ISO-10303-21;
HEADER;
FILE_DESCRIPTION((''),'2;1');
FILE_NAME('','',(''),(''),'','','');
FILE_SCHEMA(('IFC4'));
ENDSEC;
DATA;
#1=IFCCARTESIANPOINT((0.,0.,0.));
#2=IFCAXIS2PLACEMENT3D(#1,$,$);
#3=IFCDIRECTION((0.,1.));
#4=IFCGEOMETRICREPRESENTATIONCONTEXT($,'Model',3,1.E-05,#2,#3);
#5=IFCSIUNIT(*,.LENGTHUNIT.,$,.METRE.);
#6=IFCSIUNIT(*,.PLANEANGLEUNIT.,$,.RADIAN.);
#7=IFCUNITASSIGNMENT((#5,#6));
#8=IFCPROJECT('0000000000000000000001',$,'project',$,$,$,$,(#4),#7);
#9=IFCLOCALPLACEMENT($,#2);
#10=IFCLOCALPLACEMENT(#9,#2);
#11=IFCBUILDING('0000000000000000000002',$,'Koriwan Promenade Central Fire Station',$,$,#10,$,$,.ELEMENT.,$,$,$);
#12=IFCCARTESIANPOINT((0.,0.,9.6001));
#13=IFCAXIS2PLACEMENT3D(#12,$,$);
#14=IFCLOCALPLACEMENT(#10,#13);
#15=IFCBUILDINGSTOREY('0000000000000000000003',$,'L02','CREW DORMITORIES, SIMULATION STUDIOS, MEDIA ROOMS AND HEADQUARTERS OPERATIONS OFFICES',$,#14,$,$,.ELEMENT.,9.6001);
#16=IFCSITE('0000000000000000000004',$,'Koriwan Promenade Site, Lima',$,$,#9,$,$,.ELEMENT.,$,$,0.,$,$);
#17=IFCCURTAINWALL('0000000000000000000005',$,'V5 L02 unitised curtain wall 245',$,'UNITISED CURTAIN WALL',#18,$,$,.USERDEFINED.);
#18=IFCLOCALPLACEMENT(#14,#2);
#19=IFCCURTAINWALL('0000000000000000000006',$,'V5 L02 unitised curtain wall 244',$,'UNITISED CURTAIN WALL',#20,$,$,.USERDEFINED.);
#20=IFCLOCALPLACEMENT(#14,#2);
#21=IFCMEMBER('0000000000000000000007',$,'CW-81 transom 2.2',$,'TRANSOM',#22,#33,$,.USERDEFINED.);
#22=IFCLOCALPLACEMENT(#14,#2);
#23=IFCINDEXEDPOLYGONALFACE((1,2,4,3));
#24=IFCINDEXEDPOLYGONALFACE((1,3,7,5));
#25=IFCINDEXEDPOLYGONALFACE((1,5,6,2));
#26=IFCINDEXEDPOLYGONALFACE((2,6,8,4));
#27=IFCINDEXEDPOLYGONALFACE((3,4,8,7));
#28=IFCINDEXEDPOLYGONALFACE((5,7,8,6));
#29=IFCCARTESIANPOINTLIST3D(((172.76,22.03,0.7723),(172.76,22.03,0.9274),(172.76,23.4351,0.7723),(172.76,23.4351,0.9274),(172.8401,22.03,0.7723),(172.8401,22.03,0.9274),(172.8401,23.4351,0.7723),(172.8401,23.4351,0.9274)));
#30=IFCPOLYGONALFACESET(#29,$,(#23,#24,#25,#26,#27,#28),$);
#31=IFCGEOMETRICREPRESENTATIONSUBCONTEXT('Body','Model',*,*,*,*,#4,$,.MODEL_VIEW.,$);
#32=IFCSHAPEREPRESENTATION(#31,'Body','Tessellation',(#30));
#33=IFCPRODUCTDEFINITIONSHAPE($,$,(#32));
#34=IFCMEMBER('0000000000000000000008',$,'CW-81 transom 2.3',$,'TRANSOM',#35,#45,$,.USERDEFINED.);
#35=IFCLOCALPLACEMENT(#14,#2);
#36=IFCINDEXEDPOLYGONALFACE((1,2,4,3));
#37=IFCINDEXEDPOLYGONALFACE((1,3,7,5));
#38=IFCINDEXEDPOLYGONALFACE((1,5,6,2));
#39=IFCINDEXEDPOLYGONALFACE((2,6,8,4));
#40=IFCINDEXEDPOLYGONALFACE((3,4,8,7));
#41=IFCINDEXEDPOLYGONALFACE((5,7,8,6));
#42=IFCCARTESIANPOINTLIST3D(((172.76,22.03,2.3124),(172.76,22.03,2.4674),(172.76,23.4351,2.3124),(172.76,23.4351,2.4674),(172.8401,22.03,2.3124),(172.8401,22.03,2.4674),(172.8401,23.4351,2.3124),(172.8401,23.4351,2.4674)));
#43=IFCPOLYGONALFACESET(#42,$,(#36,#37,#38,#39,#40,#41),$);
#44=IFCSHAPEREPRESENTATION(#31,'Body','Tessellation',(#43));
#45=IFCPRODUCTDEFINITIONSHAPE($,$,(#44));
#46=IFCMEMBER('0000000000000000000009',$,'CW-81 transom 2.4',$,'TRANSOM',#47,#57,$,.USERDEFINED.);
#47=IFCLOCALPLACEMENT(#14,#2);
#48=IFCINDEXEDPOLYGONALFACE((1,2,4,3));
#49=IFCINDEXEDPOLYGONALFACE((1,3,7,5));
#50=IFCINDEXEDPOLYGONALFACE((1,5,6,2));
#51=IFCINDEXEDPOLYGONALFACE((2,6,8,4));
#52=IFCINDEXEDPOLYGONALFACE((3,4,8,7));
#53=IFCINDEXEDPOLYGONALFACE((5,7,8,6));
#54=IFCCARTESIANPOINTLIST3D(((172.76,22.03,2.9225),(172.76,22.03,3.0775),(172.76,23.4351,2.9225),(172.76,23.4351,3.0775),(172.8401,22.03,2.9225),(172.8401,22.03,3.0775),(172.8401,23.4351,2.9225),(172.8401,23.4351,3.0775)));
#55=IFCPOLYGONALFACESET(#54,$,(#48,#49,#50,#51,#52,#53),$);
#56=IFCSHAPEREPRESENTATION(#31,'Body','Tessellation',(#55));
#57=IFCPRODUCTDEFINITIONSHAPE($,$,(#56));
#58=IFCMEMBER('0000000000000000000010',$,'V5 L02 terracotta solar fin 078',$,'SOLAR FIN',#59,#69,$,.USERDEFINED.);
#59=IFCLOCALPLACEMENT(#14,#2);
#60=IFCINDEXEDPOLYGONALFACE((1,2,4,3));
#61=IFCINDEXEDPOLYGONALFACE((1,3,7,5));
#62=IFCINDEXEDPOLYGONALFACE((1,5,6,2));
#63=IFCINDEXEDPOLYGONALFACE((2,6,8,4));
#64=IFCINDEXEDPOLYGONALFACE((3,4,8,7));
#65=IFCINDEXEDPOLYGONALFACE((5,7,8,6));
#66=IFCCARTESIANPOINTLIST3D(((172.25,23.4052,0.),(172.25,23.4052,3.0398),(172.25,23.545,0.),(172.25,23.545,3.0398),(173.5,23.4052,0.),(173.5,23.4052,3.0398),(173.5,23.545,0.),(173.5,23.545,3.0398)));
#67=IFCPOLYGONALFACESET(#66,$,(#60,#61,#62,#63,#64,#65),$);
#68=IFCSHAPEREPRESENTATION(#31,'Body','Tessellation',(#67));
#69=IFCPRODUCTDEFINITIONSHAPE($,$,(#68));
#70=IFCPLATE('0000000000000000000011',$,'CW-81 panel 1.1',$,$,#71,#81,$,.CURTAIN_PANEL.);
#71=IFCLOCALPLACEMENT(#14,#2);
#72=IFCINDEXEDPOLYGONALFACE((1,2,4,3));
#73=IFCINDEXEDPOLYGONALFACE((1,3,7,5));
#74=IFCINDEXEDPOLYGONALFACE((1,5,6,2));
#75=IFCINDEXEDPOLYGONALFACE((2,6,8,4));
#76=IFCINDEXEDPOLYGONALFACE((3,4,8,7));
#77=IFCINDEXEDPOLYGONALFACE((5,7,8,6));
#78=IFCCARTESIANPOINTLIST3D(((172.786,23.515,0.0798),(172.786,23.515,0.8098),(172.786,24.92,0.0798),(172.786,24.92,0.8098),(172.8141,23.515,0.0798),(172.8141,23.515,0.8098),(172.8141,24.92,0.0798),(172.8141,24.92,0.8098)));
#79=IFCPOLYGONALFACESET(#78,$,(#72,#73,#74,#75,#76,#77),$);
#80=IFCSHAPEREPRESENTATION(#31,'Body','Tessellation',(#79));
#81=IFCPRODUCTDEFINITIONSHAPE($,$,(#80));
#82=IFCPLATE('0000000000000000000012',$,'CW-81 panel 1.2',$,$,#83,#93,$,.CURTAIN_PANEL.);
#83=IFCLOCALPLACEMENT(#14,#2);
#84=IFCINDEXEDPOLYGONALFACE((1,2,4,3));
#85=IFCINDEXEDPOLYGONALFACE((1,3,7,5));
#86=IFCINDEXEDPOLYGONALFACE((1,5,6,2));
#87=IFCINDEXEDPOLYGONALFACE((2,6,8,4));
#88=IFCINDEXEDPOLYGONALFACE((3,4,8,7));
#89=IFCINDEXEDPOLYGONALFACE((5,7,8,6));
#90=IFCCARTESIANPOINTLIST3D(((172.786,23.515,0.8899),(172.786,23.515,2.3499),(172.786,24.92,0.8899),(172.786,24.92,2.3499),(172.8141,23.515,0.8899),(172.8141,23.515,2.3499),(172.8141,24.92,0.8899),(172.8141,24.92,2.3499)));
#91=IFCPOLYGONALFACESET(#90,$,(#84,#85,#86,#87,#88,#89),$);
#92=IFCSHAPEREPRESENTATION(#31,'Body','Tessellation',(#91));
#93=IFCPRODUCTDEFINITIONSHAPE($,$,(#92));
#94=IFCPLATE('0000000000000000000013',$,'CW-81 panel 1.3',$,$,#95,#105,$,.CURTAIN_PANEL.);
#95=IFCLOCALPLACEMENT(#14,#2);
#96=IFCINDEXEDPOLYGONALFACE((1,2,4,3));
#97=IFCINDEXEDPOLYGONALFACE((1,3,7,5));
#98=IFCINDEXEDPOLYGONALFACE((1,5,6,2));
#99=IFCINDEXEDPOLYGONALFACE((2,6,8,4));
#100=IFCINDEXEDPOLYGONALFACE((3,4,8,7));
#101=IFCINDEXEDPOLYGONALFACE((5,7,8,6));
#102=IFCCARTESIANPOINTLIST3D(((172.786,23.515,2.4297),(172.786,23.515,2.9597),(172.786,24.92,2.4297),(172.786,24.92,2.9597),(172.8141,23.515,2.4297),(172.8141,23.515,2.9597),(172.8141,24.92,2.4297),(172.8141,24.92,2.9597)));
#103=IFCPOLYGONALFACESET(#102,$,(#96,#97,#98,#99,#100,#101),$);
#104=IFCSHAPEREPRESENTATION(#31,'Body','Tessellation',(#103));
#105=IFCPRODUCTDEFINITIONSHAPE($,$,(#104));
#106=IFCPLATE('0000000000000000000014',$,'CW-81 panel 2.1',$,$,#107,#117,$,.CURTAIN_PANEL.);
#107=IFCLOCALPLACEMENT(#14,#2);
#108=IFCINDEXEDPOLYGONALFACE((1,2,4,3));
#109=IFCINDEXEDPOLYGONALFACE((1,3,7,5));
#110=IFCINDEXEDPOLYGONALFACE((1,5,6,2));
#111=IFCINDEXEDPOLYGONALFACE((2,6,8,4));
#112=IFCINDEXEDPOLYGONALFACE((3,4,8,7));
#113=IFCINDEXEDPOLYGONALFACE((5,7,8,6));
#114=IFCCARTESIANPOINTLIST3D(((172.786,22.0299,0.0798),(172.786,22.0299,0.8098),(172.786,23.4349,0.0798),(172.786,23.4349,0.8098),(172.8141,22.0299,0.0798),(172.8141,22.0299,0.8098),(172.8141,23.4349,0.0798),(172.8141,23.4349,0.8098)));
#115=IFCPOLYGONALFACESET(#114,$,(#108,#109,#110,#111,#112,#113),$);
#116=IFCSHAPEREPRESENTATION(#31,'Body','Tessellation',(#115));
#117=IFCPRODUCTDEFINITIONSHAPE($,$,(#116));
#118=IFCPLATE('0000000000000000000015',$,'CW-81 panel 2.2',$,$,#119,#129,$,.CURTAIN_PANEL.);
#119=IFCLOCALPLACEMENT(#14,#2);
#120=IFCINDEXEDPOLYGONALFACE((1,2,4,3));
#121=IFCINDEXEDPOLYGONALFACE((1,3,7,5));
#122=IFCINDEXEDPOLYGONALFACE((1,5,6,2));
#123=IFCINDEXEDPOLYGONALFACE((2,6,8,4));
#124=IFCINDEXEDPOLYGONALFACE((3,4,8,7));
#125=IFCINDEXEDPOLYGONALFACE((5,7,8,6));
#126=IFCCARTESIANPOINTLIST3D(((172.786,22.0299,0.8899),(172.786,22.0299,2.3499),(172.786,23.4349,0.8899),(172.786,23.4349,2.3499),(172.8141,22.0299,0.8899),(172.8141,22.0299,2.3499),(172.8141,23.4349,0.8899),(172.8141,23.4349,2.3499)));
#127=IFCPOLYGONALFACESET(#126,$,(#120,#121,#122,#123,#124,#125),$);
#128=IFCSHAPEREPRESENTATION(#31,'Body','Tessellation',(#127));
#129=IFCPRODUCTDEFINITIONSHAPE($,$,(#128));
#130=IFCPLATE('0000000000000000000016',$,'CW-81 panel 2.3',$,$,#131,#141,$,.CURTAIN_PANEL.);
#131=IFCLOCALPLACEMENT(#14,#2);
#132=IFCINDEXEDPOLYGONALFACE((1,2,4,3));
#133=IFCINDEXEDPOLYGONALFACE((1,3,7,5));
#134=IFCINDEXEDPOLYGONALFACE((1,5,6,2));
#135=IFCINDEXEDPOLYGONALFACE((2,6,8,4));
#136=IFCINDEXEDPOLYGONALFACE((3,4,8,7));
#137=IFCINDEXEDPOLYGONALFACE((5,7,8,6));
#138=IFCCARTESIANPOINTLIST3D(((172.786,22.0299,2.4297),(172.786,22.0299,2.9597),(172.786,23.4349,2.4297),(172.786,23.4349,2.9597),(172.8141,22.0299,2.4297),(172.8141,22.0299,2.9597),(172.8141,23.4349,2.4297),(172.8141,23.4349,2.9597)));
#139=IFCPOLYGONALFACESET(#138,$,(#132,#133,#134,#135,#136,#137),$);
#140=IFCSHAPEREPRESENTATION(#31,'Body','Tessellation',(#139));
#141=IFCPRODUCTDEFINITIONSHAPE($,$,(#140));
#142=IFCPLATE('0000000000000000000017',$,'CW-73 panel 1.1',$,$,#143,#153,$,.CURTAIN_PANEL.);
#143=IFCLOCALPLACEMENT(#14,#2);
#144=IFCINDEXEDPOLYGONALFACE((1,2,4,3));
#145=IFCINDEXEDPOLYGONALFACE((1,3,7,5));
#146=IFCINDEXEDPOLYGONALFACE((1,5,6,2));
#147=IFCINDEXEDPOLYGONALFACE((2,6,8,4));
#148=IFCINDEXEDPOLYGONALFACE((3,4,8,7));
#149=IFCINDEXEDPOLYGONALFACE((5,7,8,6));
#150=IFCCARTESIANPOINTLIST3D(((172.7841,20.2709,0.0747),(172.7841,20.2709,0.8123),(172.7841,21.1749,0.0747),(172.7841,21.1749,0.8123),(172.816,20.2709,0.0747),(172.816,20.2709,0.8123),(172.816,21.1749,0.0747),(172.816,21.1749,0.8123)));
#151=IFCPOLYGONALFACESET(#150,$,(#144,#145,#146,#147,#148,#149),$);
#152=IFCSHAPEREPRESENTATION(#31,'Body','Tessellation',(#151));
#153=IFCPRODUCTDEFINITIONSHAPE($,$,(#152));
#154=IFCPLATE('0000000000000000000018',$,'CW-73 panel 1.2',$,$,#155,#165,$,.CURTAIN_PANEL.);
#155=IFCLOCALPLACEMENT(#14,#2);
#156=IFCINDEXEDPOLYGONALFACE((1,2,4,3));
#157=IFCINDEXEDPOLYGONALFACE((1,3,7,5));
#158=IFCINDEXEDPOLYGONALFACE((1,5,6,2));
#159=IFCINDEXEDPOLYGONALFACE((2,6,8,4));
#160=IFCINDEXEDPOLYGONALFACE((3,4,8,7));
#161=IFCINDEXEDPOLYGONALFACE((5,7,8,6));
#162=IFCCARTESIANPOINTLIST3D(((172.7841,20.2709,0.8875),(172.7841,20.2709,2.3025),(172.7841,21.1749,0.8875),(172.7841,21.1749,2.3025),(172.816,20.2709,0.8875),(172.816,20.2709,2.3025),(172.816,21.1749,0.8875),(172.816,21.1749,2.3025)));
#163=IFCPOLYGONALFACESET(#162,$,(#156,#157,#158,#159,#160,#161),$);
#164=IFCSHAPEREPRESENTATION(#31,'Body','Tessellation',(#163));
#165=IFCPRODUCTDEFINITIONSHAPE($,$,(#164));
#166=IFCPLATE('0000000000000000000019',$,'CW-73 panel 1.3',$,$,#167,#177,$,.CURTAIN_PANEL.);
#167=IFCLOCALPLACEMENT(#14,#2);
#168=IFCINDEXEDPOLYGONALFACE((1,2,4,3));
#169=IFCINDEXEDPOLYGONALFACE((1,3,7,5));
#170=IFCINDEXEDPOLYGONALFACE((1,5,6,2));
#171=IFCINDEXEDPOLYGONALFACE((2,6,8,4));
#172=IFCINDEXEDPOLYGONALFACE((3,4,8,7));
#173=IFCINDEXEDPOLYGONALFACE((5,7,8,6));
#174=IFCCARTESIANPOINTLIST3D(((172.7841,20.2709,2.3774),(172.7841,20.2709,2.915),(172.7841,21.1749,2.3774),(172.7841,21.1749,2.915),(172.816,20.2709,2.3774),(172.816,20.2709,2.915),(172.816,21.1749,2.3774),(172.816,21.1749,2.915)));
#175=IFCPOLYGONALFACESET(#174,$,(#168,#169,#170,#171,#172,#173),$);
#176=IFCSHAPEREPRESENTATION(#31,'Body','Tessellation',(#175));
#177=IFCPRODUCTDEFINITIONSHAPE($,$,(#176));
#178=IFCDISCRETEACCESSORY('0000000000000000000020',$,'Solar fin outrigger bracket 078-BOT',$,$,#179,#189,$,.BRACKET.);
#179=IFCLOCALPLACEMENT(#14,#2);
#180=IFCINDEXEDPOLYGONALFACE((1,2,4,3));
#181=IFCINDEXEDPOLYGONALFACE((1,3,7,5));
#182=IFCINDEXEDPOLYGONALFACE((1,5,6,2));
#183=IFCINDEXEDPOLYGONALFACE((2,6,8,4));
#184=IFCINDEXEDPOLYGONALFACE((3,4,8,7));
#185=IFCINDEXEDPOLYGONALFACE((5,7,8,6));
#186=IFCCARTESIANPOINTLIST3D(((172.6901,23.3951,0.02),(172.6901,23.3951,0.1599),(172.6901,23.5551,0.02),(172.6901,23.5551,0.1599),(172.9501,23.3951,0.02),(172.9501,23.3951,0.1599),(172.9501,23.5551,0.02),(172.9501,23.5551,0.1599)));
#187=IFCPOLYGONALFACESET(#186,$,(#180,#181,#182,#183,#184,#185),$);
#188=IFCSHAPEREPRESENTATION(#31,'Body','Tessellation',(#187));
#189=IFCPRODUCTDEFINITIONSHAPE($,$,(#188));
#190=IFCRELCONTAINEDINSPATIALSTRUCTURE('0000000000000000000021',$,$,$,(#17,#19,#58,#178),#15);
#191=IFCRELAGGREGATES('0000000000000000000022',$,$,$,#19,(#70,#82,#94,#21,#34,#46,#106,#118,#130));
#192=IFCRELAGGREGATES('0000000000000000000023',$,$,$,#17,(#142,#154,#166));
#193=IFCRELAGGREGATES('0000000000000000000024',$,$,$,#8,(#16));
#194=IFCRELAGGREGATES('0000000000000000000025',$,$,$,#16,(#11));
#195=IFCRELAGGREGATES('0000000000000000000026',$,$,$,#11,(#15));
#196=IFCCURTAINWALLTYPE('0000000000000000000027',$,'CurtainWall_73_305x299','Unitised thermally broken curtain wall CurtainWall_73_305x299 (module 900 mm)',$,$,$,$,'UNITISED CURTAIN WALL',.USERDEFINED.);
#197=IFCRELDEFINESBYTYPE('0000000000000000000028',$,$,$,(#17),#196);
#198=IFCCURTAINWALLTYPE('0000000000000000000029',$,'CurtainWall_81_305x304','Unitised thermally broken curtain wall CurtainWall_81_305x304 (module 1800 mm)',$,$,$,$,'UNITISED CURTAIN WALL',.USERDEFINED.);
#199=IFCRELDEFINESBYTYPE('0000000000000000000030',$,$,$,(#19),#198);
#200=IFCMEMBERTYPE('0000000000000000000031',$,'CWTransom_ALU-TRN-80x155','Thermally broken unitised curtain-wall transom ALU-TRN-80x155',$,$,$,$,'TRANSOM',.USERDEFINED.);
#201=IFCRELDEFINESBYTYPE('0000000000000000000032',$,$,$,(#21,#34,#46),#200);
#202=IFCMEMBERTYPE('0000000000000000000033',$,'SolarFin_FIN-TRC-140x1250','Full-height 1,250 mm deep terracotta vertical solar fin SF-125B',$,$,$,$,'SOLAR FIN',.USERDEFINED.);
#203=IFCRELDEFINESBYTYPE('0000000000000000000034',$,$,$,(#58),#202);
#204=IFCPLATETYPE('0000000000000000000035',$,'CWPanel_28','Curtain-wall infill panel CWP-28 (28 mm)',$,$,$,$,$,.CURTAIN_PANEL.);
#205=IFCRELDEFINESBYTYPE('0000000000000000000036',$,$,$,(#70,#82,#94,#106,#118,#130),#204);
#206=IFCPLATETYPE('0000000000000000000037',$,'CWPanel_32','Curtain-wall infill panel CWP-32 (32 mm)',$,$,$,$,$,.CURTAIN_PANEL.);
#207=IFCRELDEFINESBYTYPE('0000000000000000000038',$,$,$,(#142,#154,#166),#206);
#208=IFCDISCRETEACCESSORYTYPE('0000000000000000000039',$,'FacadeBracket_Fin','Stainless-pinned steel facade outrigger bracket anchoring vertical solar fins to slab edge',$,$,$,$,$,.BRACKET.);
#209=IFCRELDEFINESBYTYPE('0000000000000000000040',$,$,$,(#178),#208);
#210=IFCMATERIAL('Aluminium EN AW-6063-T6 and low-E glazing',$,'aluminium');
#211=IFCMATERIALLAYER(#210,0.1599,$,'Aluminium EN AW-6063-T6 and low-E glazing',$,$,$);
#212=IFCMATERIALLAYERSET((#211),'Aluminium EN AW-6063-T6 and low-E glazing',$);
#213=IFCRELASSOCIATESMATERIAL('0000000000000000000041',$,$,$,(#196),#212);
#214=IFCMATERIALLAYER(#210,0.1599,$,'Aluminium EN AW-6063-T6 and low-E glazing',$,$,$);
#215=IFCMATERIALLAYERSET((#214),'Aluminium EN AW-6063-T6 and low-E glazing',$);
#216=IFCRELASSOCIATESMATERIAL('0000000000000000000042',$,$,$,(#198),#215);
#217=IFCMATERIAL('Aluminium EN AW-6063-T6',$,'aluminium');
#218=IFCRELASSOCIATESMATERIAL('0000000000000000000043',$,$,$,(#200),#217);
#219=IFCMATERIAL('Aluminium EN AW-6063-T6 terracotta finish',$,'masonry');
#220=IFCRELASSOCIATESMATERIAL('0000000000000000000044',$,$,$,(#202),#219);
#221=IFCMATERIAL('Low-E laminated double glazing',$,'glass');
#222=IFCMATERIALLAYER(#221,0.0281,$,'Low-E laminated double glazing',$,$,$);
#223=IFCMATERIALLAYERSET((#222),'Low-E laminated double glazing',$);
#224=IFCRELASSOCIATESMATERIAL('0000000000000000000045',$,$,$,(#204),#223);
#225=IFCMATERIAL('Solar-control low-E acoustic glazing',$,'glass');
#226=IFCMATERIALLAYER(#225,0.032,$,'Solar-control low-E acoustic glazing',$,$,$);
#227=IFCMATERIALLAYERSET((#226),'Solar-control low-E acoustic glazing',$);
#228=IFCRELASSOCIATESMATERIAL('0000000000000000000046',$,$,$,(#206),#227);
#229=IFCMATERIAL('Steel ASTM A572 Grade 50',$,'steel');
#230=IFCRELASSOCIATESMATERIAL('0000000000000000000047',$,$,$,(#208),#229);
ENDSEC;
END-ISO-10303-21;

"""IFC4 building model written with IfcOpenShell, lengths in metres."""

from ifc_helpers import new_model, si_unit, direction, frame, origin, origin_2d, place, context, subcontext, project, spatial, rectangle, extrude, material, layer, layer_set, material_profile, profile_set, type_object, element, aggregate, save


model = new_model("IFC4")

# Units and contexts
model_context = context("Model", 3, precision=1e-05, world=origin(), true_north=direction((0.0, 1.0)))
body_context = subcontext(model_context, "Body", "Model", "MODEL_VIEW")
ifc_project = project(units=[si_unit("LENGTHUNIT", "METRE"), si_unit("PLANEANGLEUNIT", "RADIAN")], contexts=[model_context])

# Site, building, storey
site_placement = place(None, origin())
site = spatial("IfcSite", under=ifc_project, at=site_placement, Name="Koriwan Promenade Site, Lima", CompositionType="ELEMENT", RefElevation=0.0)
building_placement = place(site_placement, origin())
building = spatial("IfcBuilding", under=site, at=building_placement, Name="Koriwan Promenade Central Fire Station", CompositionType="ELEMENT")
storey_placement = place(building_placement, frame((0.0, 0.0, 9.6001)))
storey = spatial("IfcBuildingStorey", under=building, at=storey_placement, Name="L02", Description="CREW DORMITORIES, SIMULATION STUDIOS, MEDIA ROOMS AND HEADQUARTERS OPERATIONS OFFICES", CompositionType="ELEMENT", Elevation=9.6001)

# Curtain walls
ifc_material_1 = material(Name="Aluminium EN AW-6063-T6 and low-E glazing", Category="aluminium")
ifc_layer_1 = layer(ifc_material_1, 0.1599, Name="Aluminium EN AW-6063-T6 and low-E glazing")
ifc_layer_set_1 = layer_set([ifc_layer_1], Name="Aluminium EN AW-6063-T6 and low-E glazing")
curtain_wall_type_1 = type_object("IfcCurtainWallType", Name="CurtainWall_73_305x299", Description="Unitised thermally broken curtain wall CurtainWall_73_305x299 (module 900 mm)", ElementType="UNITISED CURTAIN WALL", PredefinedType="USERDEFINED", material=ifc_layer_set_1)
curtain_wall_1_placement = place(storey_placement, origin())
curtain_wall_1 = element("IfcCurtainWall", 1, at=curtain_wall_1_placement, inside=storey, type_object=curtain_wall_type_1, Name="V5 L02 unitised curtain wall 245", ObjectType="UNITISED CURTAIN WALL", PredefinedType="USERDEFINED")
ifc_material_2 = material(Name="Aluminium EN AW-6063-T6", Category="aluminium")
ifc_layer_2 = layer(ifc_material_1, 0.1599, Name="Aluminium EN AW-6063-T6 and low-E glazing")
ifc_layer_set_2 = layer_set([ifc_layer_2], Name="Aluminium EN AW-6063-T6 and low-E glazing")
curtain_wall_type_2 = type_object("IfcCurtainWallType", Name="CurtainWall_81_305x304", Description="Unitised thermally broken curtain wall CurtainWall_81_305x304 (module 1800 mm)", ElementType="UNITISED CURTAIN WALL", PredefinedType="USERDEFINED", material=ifc_layer_set_2)
curtain_wall_2_placement = place(storey_placement, origin())
curtain_wall_2 = element("IfcCurtainWall", 2, at=curtain_wall_2_placement, inside=storey, type_object=curtain_wall_type_2, Name="V5 L02 unitised curtain wall 244", ObjectType="UNITISED CURTAIN WALL", PredefinedType="USERDEFINED")

# Members
ifc_material_profile_1 = material_profile(ifc_material_2, rectangle(XDim=0.0801, YDim=0.155, at=origin_2d()), Name="ALU-TRN-80x155")
ifc_profile_set_1 = profile_set([ifc_material_profile_1], Name="Aluminium EN AW-6063-T6")
member_type_1 = type_object("IfcMemberType", Name="CWTransom_ALU-TRN-80x155", Description="Thermally broken unitised curtain-wall transom ALU-TRN-80x155", ElementType="TRANSOM", PredefinedType="USERDEFINED", material=ifc_profile_set_1)
member_1_placement = place(storey_placement, frame((172.8, 23.4351, 0.8499), z_axis=(0.0, -1.0, 0.0), x_axis=(1.0, 0.0, 0.0)))
member_1 = element("IfcMember", 3, at=member_1_placement, type_object=member_type_1, Name="CW-81 transom 2.2", ObjectType="TRANSOM", PredefinedType="USERDEFINED", context=body_context, shape_type="SweptSolid", body=[
    extrude(rectangle(XDim=0.0801, YDim=0.155, at=origin_2d()), origin(), (0.0, 0.0, 1.0), 1.405),
])
member_2_placement = place(storey_placement, frame((172.8, 23.4351, 2.3899), z_axis=(0.0, -1.0, 0.0), x_axis=(1.0, 0.0, 0.0)))
member_2 = element("IfcMember", 4, at=member_2_placement, type_object=member_type_1, Name="CW-81 transom 2.3", ObjectType="TRANSOM", PredefinedType="USERDEFINED", context=body_context, shape_type="SweptSolid", body=[
    extrude(rectangle(XDim=0.0801, YDim=0.155, at=origin_2d()), origin(), (0.0, 0.0, 1.0), 1.405),
])
member_3_placement = place(storey_placement, frame((172.8, 23.4351, 3.0), z_axis=(0.0, -1.0, 0.0), x_axis=(1.0, 0.0, 0.0)))
member_3 = element("IfcMember", 5, at=member_3_placement, type_object=member_type_1, Name="CW-81 transom 2.4", ObjectType="TRANSOM", PredefinedType="USERDEFINED", context=body_context, shape_type="SweptSolid", body=[
    extrude(rectangle(XDim=0.0801, YDim=0.155, at=origin_2d()), origin(), (0.0, 0.0, 1.0), 1.405),
])
ifc_material_3 = material(Name="Aluminium EN AW-6063-T6 terracotta finish", Category="masonry")
ifc_material_profile_2 = material_profile(ifc_material_3, rectangle(XDim=0.1399, YDim=1.25, at=origin_2d()), Name="FIN-TRC-140x1250")
ifc_profile_set_2 = profile_set([ifc_material_profile_2], Name="Aluminium EN AW-6063-T6 terracotta finish")
member_type_2 = type_object("IfcMemberType", Name="SolarFin_FIN-TRC-140x1250", Description="Full-height 1,250 mm deep terracotta vertical solar fin SF-125B", ElementType="SOLAR FIN", PredefinedType="USERDEFINED", material=ifc_profile_set_2)
member_4_placement = place(storey_placement, frame((172.875, 23.4751, 0.0), z_axis=(0.0, 0.0, 1.0), x_axis=(0.0, -1.0, 0.0)))
element("IfcMember", 6, at=member_4_placement, inside=storey, type_object=member_type_2, Name="V5 L02 terracotta solar fin 078", ObjectType="SOLAR FIN", PredefinedType="USERDEFINED", context=body_context, shape_type="SweptSolid", body=[
    extrude(rectangle(XDim=0.1399, YDim=1.25, at=origin_2d()), origin(), (0.0, 0.0, 1.0), 3.0398),
])

# Plates
ifc_material_4 = material(Name="Low-E laminated double glazing", Category="glass")
ifc_layer_3 = layer(ifc_material_4, 0.0281, Name="Low-E laminated double glazing")
ifc_layer_set_3 = layer_set([ifc_layer_3], Name="Low-E laminated double glazing")
plate_type_1 = type_object("IfcPlateType", Name="CWPanel_28", Description="Curtain-wall infill panel CWP-28 (28 mm)", PredefinedType="CURTAIN_PANEL", material=ifc_layer_set_3)
plate_1_placement = place(storey_placement, frame((172.8, 24.2175, 0.0798), z_axis=(0.0, 0.0, 1.0), x_axis=(0.0, -1.0, 0.0)))
plate_1 = element("IfcPlate", 7, at=plate_1_placement, type_object=plate_type_1, Name="CW-81 panel 1.1", PredefinedType="CURTAIN_PANEL", context=body_context, shape_type="SweptSolid", body=[
    extrude(rectangle(XDim=1.405, YDim=0.0281, at=origin_2d()), origin(), (0.0, 0.0, 1.0), 0.73),
])
plate_2_placement = place(storey_placement, frame((172.8, 24.2175, 0.8899), z_axis=(0.0, 0.0, 1.0), x_axis=(0.0, -1.0, 0.0)))
plate_2 = element("IfcPlate", 8, at=plate_2_placement, type_object=plate_type_1, Name="CW-81 panel 1.2", PredefinedType="CURTAIN_PANEL", context=body_context, shape_type="SweptSolid", body=[
    extrude(rectangle(XDim=1.405, YDim=0.0281, at=origin_2d()), origin(), (0.0, 0.0, 1.0), 1.46),
])
plate_3_placement = place(storey_placement, frame((172.8, 24.2175, 2.4297), z_axis=(0.0, 0.0, 1.0), x_axis=(0.0, -1.0, 0.0)))
plate_3 = element("IfcPlate", 9, at=plate_3_placement, type_object=plate_type_1, Name="CW-81 panel 1.3", PredefinedType="CURTAIN_PANEL", context=body_context, shape_type="SweptSolid", body=[
    extrude(rectangle(XDim=1.405, YDim=0.0281, at=origin_2d()), origin(), (0.0, 0.0, 1.0), 0.53),
])
plate_4_placement = place(storey_placement, frame((172.8, 22.7324, 0.0798), z_axis=(0.0, 0.0, 1.0), x_axis=(0.0, -1.0, 0.0)))
plate_4 = element("IfcPlate", 10, at=plate_4_placement, type_object=plate_type_1, Name="CW-81 panel 2.1", PredefinedType="CURTAIN_PANEL", context=body_context, shape_type="SweptSolid", body=[
    extrude(rectangle(XDim=1.405, YDim=0.0281, at=origin_2d()), origin(), (0.0, 0.0, 1.0), 0.73),
])
plate_5_placement = place(storey_placement, frame((172.8, 22.7324, 0.8899), z_axis=(0.0, 0.0, 1.0), x_axis=(0.0, -1.0, 0.0)))
plate_5 = element("IfcPlate", 11, at=plate_5_placement, type_object=plate_type_1, Name="CW-81 panel 2.2", PredefinedType="CURTAIN_PANEL", context=body_context, shape_type="SweptSolid", body=[
    extrude(rectangle(XDim=1.405, YDim=0.0281, at=origin_2d()), origin(), (0.0, 0.0, 1.0), 1.46),
])
plate_6_placement = place(storey_placement, frame((172.8, 22.7324, 2.4297), z_axis=(0.0, 0.0, 1.0), x_axis=(0.0, -1.0, 0.0)))
plate_6 = element("IfcPlate", 12, at=plate_6_placement, type_object=plate_type_1, Name="CW-81 panel 2.3", PredefinedType="CURTAIN_PANEL", context=body_context, shape_type="SweptSolid", body=[
    extrude(rectangle(XDim=1.405, YDim=0.0281, at=origin_2d()), origin(), (0.0, 0.0, 1.0), 0.53),
])
aggregate(curtain_wall_2, [plate_1, plate_2, plate_3, member_1, member_2, member_3, plate_4, plate_5, plate_6])
ifc_material_5 = material(Name="Solar-control low-E acoustic glazing", Category="glass")
ifc_layer_4 = layer(ifc_material_5, 0.032, Name="Solar-control low-E acoustic glazing")
ifc_layer_set_4 = layer_set([ifc_layer_4], Name="Solar-control low-E acoustic glazing")
plate_type_2 = type_object("IfcPlateType", Name="CWPanel_32", Description="Curtain-wall infill panel CWP-32 (32 mm)", PredefinedType="CURTAIN_PANEL", material=ifc_layer_set_4)
plate_7_placement = place(storey_placement, frame((172.8, 20.7229, 0.0747), z_axis=(0.0, 0.0, 1.0), x_axis=(0.0, -1.0, 0.0)))
plate_7 = element("IfcPlate", 13, at=plate_7_placement, type_object=plate_type_2, Name="CW-73 panel 1.1", PredefinedType="CURTAIN_PANEL", context=body_context, shape_type="SweptSolid", body=[
    extrude(rectangle(XDim=0.9041, YDim=0.032, at=origin_2d()), origin(), (0.0, 0.0, 1.0), 0.7375),
])
plate_8_placement = place(storey_placement, frame((172.8, 20.7229, 0.8875), z_axis=(0.0, 0.0, 1.0), x_axis=(0.0, -1.0, 0.0)))
plate_8 = element("IfcPlate", 14, at=plate_8_placement, type_object=plate_type_2, Name="CW-73 panel 1.2", PredefinedType="CURTAIN_PANEL", context=body_context, shape_type="SweptSolid", body=[
    extrude(rectangle(XDim=0.9041, YDim=0.032, at=origin_2d()), origin(), (0.0, 0.0, 1.0), 1.415),
])
plate_9_placement = place(storey_placement, frame((172.8, 20.7229, 2.3774), z_axis=(0.0, 0.0, 1.0), x_axis=(0.0, -1.0, 0.0)))
plate_9 = element("IfcPlate", 15, at=plate_9_placement, type_object=plate_type_2, Name="CW-73 panel 1.3", PredefinedType="CURTAIN_PANEL", context=body_context, shape_type="SweptSolid", body=[
    extrude(rectangle(XDim=0.9041, YDim=0.032, at=origin_2d()), origin(), (0.0, 0.0, 1.0), 0.5376),
])
aggregate(curtain_wall_1, [plate_7, plate_8, plate_9])

# Discrete accessory
ifc_material_6 = material(Name="Steel ASTM A572 Grade 50", Category="steel")
discrete_accessory_type = type_object("IfcDiscreteAccessoryType", Name="FacadeBracket_Fin", Description="Stainless-pinned steel facade outrigger bracket anchoring vertical solar fins to slab edge", PredefinedType="BRACKET", material=ifc_material_6)
for number, where, z_axis, x_axis, name in (
    (16, (172.8201, 23.4751, 0.02), (0.0, 0.0, 1.0), (1.0, 0.0, 0.0), "Solar fin outrigger bracket 078-BOT"),
):
    element("IfcDiscreteAccessory", number, at=place(storey_placement, frame(where, z_axis=z_axis, x_axis=x_axis)), inside=storey, type_object=discrete_accessory_type, Name=name, PredefinedType="BRACKET", context=body_context, shape_type="SweptSolid", body=[
        extrude(rectangle(XDim=0.26, YDim=0.1599, at=origin_2d()), origin(), (0.0, 0.0, 1.0), 0.1399),
    ])

save(model, "model.ifc")
